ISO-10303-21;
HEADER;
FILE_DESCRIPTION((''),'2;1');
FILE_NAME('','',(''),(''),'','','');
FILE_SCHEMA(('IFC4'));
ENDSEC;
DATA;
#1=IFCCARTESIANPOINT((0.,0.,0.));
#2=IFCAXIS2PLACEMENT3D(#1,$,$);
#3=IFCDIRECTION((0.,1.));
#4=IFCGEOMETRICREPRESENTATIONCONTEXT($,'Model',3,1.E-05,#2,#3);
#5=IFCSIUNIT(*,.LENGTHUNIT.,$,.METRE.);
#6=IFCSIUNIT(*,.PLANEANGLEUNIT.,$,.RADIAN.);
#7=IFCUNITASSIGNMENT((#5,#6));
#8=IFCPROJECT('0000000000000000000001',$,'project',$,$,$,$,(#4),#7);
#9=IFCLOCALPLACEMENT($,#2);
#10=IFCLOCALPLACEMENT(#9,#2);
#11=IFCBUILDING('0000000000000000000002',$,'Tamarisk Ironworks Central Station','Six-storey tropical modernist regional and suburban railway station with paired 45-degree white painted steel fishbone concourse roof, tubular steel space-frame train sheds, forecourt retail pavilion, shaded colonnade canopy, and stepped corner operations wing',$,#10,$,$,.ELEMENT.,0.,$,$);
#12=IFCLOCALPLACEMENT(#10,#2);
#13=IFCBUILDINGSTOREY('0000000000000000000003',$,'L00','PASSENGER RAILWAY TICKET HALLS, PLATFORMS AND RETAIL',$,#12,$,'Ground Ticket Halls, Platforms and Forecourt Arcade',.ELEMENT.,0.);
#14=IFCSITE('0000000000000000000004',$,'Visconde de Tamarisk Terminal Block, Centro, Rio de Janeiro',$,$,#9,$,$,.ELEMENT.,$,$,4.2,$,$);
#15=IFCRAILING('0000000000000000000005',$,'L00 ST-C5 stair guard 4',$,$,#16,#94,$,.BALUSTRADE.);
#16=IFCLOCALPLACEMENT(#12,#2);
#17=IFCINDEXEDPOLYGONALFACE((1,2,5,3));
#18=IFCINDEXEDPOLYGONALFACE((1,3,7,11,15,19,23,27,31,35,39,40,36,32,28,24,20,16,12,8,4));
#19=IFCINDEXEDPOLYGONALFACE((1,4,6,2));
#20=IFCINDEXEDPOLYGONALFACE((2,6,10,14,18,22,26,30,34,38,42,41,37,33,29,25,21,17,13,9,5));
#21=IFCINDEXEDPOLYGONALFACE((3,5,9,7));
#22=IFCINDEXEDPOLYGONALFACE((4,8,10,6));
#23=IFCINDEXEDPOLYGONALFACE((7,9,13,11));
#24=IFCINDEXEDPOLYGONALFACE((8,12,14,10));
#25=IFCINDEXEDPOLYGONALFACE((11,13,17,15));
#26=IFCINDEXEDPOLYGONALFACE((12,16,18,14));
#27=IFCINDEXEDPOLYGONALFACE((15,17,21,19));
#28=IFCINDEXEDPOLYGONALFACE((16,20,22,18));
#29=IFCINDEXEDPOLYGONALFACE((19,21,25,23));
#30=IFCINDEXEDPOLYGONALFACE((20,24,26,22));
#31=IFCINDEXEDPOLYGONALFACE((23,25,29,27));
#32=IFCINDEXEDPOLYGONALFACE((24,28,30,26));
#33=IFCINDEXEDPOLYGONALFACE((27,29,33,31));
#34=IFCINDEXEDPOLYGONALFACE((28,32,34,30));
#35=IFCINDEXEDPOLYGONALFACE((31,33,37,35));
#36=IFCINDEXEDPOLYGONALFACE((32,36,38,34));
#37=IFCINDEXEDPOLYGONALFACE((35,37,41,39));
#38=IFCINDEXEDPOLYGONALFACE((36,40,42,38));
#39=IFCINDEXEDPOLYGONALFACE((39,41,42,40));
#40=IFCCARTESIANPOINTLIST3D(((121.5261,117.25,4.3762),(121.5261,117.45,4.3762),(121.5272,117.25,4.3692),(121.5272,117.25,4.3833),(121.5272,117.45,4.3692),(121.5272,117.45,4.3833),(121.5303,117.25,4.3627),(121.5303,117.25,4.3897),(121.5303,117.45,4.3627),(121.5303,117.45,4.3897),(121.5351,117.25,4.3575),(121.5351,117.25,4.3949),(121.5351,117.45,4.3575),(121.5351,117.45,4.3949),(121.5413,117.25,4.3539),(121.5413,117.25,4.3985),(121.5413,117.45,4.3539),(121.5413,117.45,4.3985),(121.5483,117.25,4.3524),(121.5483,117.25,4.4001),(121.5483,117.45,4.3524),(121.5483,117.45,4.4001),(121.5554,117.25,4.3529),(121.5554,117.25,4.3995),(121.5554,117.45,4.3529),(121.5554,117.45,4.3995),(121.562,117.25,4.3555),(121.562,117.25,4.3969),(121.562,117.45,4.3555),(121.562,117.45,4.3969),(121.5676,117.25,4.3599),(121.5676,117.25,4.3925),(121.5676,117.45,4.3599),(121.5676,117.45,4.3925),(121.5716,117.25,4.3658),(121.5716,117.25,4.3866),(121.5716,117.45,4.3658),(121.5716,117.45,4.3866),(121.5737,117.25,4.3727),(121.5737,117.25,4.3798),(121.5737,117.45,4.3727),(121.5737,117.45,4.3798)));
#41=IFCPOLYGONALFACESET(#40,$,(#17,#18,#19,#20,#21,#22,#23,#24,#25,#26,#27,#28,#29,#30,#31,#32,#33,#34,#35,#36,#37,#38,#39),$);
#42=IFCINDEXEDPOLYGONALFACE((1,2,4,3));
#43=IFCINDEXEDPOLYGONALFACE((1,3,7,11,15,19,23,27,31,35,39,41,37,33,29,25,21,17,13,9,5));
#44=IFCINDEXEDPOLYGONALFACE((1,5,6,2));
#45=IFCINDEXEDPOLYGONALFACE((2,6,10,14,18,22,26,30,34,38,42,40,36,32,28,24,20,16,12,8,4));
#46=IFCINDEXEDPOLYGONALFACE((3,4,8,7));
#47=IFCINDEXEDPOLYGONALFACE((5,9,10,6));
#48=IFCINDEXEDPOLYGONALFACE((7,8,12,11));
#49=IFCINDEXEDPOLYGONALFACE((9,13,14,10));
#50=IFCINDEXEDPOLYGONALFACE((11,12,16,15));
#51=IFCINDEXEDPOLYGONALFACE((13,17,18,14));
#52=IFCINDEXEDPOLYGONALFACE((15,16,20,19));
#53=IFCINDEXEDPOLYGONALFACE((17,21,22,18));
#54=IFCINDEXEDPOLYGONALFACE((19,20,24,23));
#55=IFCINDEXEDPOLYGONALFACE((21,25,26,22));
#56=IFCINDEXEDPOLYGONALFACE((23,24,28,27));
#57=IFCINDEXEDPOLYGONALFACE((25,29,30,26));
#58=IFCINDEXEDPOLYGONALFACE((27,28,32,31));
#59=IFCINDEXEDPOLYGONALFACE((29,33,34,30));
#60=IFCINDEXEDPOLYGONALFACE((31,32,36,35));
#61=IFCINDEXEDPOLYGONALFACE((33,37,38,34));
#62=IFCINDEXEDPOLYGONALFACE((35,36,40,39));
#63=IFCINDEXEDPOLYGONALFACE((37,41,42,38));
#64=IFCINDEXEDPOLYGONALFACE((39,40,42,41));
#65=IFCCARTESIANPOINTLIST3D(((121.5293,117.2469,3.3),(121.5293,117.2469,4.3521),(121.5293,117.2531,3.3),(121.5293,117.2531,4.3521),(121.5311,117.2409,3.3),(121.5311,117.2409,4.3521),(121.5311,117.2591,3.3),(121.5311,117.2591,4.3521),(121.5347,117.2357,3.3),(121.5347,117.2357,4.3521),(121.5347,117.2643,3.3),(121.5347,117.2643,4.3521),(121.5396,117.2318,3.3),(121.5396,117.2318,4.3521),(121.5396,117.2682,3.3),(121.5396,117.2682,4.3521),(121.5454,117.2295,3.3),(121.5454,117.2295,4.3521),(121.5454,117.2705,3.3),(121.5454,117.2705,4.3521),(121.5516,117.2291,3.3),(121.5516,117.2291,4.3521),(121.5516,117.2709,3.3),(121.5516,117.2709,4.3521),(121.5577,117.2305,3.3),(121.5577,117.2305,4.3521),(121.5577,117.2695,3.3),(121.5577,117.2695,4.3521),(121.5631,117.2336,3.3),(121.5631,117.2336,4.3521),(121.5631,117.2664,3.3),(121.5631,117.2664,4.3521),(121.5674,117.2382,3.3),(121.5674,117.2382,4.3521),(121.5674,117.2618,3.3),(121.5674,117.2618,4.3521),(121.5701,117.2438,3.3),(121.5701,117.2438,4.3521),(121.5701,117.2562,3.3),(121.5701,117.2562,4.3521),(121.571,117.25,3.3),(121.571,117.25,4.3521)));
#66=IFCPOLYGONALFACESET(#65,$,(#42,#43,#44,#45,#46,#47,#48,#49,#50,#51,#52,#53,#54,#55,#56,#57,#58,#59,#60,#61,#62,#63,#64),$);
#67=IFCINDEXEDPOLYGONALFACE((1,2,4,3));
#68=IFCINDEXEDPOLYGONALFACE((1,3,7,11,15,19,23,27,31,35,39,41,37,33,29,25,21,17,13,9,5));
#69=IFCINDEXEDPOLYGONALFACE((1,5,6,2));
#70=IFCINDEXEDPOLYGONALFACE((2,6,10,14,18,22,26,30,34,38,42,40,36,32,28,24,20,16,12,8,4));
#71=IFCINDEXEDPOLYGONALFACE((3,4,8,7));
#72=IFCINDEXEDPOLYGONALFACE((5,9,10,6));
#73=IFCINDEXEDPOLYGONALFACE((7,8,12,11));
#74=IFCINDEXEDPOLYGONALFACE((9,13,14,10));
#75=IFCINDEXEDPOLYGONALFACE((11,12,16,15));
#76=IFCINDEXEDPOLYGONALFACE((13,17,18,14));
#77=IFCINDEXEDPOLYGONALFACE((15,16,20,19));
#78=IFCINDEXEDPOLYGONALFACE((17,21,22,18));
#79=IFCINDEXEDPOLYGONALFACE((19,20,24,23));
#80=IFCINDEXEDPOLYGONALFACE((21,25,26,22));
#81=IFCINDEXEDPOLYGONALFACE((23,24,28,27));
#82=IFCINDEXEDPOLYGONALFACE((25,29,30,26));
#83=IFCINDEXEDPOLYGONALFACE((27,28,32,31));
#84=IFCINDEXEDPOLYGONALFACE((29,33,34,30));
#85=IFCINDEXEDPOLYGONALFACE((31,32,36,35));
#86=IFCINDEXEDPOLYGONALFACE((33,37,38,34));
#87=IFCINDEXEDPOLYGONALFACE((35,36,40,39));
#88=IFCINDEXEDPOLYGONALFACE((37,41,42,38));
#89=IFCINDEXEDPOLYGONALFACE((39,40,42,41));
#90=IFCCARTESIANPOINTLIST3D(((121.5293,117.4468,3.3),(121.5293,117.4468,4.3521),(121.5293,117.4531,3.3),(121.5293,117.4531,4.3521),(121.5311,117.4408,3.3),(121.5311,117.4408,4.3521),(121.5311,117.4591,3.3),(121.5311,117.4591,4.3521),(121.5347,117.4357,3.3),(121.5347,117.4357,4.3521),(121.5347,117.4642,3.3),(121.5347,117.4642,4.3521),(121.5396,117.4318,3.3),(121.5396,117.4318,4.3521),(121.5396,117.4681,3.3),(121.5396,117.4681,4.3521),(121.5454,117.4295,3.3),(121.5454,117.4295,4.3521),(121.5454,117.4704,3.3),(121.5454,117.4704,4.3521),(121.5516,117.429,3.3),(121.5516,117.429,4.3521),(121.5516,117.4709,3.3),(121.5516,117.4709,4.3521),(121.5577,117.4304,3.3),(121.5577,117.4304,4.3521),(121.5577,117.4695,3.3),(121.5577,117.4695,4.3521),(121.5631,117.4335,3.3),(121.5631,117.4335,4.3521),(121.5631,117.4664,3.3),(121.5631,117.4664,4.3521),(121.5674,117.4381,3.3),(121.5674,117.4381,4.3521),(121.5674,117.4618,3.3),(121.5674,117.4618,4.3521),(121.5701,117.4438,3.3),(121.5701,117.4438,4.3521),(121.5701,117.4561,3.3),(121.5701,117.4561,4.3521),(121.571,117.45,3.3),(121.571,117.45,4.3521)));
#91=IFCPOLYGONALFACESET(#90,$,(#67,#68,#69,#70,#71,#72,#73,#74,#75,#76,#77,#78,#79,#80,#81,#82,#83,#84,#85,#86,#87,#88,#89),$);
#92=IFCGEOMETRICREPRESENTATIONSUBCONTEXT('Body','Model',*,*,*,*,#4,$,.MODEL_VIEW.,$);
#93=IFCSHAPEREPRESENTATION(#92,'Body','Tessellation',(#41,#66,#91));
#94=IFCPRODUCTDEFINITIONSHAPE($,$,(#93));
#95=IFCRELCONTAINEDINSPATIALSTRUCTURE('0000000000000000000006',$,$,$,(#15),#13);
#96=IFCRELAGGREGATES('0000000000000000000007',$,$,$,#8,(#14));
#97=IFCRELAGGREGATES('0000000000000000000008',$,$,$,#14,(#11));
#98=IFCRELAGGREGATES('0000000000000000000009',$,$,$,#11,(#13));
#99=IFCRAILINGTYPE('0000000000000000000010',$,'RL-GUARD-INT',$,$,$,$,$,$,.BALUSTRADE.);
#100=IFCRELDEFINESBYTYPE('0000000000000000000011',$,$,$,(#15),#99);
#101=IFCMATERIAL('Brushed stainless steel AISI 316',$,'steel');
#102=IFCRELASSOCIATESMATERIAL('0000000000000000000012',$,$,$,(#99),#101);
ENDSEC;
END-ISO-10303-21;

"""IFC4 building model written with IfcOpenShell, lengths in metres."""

from ifc_helpers import new_model, si_unit, direction, frame, origin, origin_2d, place, context, subcontext, project, spatial, circle, extrude, material, type_object, element, save


model = new_model("IFC4")

# Units and contexts
model_context = context("Model", 3, precision=1e-05, world=origin(), true_north=direction((0.0, 1.0)))
body_context = subcontext(model_context, "Body", "Model", "MODEL_VIEW")
ifc_project = project(units=[si_unit("LENGTHUNIT", "METRE"), si_unit("PLANEANGLEUNIT", "RADIAN")], contexts=[model_context])

# Site, building, storey
site_placement = place(None, origin())
site = spatial("IfcSite", under=ifc_project, at=site_placement, Name="Visconde de Tamarisk Terminal Block, Centro, Rio de Janeiro", CompositionType="ELEMENT", RefElevation=4.2)
building_placement = place(site_placement, origin())
building = spatial("IfcBuilding", under=site, at=building_placement, Name="Tamarisk Ironworks Central Station", Description="Six-storey tropical modernist regional and suburban railway station with paired 45-degree white painted steel fishbone concourse roof, tubular steel space-frame train sheds, forecourt retail pavilion, shaded colonnade canopy, and stepped corner operations wing", CompositionType="ELEMENT", ElevationOfRefHeight=0.0)
storey_placement = place(building_placement, origin())
storey = spatial("IfcBuildingStorey", under=building, at=storey_placement, Name="L00", Description="PASSENGER RAILWAY TICKET HALLS, PLATFORMS AND RETAIL", LongName="Ground Ticket Halls, Platforms and Forecourt Arcade", CompositionType="ELEMENT", Elevation=0.0)

# Railing
ifc_material_1 = material(Name="Brushed stainless steel AISI 316", Category="steel")
railing_type_1 = type_object("IfcRailingType", Name="RL-GUARD-INT", PredefinedType="BALUSTRADE", material=ifc_material_1)
railing_1_placement = place(storey_placement, frame((121.55, 117.25, 3.3)))
element("IfcRailing", 1, at=railing_1_placement, inside=storey, type_object=railing_type_1, Name="L00 ST-C5 stair guard 4", PredefinedType="BALUSTRADE", context=body_context, shape_type="SweptSolid", body=[
    extrude(circle(Radius=0.0239, at=origin_2d()), frame((0.0, 0.0, 1.0762), z_axis=(0.0, 1.0, 0.0), x_axis=(-1.0, 0.0, 0.0)), (0.0, 0.0, 1.0), 0.2),
    extrude(circle(Radius=0.021, at=origin_2d()), origin(), (0.0, 0.0, 1.0), 1.052),
    extrude(circle(Radius=0.021, at=origin_2d()), frame((0.0, 0.2, 0.0)), (0.0, 0.0, 1.0), 1.052),
])

save(model, "model.ifc")
